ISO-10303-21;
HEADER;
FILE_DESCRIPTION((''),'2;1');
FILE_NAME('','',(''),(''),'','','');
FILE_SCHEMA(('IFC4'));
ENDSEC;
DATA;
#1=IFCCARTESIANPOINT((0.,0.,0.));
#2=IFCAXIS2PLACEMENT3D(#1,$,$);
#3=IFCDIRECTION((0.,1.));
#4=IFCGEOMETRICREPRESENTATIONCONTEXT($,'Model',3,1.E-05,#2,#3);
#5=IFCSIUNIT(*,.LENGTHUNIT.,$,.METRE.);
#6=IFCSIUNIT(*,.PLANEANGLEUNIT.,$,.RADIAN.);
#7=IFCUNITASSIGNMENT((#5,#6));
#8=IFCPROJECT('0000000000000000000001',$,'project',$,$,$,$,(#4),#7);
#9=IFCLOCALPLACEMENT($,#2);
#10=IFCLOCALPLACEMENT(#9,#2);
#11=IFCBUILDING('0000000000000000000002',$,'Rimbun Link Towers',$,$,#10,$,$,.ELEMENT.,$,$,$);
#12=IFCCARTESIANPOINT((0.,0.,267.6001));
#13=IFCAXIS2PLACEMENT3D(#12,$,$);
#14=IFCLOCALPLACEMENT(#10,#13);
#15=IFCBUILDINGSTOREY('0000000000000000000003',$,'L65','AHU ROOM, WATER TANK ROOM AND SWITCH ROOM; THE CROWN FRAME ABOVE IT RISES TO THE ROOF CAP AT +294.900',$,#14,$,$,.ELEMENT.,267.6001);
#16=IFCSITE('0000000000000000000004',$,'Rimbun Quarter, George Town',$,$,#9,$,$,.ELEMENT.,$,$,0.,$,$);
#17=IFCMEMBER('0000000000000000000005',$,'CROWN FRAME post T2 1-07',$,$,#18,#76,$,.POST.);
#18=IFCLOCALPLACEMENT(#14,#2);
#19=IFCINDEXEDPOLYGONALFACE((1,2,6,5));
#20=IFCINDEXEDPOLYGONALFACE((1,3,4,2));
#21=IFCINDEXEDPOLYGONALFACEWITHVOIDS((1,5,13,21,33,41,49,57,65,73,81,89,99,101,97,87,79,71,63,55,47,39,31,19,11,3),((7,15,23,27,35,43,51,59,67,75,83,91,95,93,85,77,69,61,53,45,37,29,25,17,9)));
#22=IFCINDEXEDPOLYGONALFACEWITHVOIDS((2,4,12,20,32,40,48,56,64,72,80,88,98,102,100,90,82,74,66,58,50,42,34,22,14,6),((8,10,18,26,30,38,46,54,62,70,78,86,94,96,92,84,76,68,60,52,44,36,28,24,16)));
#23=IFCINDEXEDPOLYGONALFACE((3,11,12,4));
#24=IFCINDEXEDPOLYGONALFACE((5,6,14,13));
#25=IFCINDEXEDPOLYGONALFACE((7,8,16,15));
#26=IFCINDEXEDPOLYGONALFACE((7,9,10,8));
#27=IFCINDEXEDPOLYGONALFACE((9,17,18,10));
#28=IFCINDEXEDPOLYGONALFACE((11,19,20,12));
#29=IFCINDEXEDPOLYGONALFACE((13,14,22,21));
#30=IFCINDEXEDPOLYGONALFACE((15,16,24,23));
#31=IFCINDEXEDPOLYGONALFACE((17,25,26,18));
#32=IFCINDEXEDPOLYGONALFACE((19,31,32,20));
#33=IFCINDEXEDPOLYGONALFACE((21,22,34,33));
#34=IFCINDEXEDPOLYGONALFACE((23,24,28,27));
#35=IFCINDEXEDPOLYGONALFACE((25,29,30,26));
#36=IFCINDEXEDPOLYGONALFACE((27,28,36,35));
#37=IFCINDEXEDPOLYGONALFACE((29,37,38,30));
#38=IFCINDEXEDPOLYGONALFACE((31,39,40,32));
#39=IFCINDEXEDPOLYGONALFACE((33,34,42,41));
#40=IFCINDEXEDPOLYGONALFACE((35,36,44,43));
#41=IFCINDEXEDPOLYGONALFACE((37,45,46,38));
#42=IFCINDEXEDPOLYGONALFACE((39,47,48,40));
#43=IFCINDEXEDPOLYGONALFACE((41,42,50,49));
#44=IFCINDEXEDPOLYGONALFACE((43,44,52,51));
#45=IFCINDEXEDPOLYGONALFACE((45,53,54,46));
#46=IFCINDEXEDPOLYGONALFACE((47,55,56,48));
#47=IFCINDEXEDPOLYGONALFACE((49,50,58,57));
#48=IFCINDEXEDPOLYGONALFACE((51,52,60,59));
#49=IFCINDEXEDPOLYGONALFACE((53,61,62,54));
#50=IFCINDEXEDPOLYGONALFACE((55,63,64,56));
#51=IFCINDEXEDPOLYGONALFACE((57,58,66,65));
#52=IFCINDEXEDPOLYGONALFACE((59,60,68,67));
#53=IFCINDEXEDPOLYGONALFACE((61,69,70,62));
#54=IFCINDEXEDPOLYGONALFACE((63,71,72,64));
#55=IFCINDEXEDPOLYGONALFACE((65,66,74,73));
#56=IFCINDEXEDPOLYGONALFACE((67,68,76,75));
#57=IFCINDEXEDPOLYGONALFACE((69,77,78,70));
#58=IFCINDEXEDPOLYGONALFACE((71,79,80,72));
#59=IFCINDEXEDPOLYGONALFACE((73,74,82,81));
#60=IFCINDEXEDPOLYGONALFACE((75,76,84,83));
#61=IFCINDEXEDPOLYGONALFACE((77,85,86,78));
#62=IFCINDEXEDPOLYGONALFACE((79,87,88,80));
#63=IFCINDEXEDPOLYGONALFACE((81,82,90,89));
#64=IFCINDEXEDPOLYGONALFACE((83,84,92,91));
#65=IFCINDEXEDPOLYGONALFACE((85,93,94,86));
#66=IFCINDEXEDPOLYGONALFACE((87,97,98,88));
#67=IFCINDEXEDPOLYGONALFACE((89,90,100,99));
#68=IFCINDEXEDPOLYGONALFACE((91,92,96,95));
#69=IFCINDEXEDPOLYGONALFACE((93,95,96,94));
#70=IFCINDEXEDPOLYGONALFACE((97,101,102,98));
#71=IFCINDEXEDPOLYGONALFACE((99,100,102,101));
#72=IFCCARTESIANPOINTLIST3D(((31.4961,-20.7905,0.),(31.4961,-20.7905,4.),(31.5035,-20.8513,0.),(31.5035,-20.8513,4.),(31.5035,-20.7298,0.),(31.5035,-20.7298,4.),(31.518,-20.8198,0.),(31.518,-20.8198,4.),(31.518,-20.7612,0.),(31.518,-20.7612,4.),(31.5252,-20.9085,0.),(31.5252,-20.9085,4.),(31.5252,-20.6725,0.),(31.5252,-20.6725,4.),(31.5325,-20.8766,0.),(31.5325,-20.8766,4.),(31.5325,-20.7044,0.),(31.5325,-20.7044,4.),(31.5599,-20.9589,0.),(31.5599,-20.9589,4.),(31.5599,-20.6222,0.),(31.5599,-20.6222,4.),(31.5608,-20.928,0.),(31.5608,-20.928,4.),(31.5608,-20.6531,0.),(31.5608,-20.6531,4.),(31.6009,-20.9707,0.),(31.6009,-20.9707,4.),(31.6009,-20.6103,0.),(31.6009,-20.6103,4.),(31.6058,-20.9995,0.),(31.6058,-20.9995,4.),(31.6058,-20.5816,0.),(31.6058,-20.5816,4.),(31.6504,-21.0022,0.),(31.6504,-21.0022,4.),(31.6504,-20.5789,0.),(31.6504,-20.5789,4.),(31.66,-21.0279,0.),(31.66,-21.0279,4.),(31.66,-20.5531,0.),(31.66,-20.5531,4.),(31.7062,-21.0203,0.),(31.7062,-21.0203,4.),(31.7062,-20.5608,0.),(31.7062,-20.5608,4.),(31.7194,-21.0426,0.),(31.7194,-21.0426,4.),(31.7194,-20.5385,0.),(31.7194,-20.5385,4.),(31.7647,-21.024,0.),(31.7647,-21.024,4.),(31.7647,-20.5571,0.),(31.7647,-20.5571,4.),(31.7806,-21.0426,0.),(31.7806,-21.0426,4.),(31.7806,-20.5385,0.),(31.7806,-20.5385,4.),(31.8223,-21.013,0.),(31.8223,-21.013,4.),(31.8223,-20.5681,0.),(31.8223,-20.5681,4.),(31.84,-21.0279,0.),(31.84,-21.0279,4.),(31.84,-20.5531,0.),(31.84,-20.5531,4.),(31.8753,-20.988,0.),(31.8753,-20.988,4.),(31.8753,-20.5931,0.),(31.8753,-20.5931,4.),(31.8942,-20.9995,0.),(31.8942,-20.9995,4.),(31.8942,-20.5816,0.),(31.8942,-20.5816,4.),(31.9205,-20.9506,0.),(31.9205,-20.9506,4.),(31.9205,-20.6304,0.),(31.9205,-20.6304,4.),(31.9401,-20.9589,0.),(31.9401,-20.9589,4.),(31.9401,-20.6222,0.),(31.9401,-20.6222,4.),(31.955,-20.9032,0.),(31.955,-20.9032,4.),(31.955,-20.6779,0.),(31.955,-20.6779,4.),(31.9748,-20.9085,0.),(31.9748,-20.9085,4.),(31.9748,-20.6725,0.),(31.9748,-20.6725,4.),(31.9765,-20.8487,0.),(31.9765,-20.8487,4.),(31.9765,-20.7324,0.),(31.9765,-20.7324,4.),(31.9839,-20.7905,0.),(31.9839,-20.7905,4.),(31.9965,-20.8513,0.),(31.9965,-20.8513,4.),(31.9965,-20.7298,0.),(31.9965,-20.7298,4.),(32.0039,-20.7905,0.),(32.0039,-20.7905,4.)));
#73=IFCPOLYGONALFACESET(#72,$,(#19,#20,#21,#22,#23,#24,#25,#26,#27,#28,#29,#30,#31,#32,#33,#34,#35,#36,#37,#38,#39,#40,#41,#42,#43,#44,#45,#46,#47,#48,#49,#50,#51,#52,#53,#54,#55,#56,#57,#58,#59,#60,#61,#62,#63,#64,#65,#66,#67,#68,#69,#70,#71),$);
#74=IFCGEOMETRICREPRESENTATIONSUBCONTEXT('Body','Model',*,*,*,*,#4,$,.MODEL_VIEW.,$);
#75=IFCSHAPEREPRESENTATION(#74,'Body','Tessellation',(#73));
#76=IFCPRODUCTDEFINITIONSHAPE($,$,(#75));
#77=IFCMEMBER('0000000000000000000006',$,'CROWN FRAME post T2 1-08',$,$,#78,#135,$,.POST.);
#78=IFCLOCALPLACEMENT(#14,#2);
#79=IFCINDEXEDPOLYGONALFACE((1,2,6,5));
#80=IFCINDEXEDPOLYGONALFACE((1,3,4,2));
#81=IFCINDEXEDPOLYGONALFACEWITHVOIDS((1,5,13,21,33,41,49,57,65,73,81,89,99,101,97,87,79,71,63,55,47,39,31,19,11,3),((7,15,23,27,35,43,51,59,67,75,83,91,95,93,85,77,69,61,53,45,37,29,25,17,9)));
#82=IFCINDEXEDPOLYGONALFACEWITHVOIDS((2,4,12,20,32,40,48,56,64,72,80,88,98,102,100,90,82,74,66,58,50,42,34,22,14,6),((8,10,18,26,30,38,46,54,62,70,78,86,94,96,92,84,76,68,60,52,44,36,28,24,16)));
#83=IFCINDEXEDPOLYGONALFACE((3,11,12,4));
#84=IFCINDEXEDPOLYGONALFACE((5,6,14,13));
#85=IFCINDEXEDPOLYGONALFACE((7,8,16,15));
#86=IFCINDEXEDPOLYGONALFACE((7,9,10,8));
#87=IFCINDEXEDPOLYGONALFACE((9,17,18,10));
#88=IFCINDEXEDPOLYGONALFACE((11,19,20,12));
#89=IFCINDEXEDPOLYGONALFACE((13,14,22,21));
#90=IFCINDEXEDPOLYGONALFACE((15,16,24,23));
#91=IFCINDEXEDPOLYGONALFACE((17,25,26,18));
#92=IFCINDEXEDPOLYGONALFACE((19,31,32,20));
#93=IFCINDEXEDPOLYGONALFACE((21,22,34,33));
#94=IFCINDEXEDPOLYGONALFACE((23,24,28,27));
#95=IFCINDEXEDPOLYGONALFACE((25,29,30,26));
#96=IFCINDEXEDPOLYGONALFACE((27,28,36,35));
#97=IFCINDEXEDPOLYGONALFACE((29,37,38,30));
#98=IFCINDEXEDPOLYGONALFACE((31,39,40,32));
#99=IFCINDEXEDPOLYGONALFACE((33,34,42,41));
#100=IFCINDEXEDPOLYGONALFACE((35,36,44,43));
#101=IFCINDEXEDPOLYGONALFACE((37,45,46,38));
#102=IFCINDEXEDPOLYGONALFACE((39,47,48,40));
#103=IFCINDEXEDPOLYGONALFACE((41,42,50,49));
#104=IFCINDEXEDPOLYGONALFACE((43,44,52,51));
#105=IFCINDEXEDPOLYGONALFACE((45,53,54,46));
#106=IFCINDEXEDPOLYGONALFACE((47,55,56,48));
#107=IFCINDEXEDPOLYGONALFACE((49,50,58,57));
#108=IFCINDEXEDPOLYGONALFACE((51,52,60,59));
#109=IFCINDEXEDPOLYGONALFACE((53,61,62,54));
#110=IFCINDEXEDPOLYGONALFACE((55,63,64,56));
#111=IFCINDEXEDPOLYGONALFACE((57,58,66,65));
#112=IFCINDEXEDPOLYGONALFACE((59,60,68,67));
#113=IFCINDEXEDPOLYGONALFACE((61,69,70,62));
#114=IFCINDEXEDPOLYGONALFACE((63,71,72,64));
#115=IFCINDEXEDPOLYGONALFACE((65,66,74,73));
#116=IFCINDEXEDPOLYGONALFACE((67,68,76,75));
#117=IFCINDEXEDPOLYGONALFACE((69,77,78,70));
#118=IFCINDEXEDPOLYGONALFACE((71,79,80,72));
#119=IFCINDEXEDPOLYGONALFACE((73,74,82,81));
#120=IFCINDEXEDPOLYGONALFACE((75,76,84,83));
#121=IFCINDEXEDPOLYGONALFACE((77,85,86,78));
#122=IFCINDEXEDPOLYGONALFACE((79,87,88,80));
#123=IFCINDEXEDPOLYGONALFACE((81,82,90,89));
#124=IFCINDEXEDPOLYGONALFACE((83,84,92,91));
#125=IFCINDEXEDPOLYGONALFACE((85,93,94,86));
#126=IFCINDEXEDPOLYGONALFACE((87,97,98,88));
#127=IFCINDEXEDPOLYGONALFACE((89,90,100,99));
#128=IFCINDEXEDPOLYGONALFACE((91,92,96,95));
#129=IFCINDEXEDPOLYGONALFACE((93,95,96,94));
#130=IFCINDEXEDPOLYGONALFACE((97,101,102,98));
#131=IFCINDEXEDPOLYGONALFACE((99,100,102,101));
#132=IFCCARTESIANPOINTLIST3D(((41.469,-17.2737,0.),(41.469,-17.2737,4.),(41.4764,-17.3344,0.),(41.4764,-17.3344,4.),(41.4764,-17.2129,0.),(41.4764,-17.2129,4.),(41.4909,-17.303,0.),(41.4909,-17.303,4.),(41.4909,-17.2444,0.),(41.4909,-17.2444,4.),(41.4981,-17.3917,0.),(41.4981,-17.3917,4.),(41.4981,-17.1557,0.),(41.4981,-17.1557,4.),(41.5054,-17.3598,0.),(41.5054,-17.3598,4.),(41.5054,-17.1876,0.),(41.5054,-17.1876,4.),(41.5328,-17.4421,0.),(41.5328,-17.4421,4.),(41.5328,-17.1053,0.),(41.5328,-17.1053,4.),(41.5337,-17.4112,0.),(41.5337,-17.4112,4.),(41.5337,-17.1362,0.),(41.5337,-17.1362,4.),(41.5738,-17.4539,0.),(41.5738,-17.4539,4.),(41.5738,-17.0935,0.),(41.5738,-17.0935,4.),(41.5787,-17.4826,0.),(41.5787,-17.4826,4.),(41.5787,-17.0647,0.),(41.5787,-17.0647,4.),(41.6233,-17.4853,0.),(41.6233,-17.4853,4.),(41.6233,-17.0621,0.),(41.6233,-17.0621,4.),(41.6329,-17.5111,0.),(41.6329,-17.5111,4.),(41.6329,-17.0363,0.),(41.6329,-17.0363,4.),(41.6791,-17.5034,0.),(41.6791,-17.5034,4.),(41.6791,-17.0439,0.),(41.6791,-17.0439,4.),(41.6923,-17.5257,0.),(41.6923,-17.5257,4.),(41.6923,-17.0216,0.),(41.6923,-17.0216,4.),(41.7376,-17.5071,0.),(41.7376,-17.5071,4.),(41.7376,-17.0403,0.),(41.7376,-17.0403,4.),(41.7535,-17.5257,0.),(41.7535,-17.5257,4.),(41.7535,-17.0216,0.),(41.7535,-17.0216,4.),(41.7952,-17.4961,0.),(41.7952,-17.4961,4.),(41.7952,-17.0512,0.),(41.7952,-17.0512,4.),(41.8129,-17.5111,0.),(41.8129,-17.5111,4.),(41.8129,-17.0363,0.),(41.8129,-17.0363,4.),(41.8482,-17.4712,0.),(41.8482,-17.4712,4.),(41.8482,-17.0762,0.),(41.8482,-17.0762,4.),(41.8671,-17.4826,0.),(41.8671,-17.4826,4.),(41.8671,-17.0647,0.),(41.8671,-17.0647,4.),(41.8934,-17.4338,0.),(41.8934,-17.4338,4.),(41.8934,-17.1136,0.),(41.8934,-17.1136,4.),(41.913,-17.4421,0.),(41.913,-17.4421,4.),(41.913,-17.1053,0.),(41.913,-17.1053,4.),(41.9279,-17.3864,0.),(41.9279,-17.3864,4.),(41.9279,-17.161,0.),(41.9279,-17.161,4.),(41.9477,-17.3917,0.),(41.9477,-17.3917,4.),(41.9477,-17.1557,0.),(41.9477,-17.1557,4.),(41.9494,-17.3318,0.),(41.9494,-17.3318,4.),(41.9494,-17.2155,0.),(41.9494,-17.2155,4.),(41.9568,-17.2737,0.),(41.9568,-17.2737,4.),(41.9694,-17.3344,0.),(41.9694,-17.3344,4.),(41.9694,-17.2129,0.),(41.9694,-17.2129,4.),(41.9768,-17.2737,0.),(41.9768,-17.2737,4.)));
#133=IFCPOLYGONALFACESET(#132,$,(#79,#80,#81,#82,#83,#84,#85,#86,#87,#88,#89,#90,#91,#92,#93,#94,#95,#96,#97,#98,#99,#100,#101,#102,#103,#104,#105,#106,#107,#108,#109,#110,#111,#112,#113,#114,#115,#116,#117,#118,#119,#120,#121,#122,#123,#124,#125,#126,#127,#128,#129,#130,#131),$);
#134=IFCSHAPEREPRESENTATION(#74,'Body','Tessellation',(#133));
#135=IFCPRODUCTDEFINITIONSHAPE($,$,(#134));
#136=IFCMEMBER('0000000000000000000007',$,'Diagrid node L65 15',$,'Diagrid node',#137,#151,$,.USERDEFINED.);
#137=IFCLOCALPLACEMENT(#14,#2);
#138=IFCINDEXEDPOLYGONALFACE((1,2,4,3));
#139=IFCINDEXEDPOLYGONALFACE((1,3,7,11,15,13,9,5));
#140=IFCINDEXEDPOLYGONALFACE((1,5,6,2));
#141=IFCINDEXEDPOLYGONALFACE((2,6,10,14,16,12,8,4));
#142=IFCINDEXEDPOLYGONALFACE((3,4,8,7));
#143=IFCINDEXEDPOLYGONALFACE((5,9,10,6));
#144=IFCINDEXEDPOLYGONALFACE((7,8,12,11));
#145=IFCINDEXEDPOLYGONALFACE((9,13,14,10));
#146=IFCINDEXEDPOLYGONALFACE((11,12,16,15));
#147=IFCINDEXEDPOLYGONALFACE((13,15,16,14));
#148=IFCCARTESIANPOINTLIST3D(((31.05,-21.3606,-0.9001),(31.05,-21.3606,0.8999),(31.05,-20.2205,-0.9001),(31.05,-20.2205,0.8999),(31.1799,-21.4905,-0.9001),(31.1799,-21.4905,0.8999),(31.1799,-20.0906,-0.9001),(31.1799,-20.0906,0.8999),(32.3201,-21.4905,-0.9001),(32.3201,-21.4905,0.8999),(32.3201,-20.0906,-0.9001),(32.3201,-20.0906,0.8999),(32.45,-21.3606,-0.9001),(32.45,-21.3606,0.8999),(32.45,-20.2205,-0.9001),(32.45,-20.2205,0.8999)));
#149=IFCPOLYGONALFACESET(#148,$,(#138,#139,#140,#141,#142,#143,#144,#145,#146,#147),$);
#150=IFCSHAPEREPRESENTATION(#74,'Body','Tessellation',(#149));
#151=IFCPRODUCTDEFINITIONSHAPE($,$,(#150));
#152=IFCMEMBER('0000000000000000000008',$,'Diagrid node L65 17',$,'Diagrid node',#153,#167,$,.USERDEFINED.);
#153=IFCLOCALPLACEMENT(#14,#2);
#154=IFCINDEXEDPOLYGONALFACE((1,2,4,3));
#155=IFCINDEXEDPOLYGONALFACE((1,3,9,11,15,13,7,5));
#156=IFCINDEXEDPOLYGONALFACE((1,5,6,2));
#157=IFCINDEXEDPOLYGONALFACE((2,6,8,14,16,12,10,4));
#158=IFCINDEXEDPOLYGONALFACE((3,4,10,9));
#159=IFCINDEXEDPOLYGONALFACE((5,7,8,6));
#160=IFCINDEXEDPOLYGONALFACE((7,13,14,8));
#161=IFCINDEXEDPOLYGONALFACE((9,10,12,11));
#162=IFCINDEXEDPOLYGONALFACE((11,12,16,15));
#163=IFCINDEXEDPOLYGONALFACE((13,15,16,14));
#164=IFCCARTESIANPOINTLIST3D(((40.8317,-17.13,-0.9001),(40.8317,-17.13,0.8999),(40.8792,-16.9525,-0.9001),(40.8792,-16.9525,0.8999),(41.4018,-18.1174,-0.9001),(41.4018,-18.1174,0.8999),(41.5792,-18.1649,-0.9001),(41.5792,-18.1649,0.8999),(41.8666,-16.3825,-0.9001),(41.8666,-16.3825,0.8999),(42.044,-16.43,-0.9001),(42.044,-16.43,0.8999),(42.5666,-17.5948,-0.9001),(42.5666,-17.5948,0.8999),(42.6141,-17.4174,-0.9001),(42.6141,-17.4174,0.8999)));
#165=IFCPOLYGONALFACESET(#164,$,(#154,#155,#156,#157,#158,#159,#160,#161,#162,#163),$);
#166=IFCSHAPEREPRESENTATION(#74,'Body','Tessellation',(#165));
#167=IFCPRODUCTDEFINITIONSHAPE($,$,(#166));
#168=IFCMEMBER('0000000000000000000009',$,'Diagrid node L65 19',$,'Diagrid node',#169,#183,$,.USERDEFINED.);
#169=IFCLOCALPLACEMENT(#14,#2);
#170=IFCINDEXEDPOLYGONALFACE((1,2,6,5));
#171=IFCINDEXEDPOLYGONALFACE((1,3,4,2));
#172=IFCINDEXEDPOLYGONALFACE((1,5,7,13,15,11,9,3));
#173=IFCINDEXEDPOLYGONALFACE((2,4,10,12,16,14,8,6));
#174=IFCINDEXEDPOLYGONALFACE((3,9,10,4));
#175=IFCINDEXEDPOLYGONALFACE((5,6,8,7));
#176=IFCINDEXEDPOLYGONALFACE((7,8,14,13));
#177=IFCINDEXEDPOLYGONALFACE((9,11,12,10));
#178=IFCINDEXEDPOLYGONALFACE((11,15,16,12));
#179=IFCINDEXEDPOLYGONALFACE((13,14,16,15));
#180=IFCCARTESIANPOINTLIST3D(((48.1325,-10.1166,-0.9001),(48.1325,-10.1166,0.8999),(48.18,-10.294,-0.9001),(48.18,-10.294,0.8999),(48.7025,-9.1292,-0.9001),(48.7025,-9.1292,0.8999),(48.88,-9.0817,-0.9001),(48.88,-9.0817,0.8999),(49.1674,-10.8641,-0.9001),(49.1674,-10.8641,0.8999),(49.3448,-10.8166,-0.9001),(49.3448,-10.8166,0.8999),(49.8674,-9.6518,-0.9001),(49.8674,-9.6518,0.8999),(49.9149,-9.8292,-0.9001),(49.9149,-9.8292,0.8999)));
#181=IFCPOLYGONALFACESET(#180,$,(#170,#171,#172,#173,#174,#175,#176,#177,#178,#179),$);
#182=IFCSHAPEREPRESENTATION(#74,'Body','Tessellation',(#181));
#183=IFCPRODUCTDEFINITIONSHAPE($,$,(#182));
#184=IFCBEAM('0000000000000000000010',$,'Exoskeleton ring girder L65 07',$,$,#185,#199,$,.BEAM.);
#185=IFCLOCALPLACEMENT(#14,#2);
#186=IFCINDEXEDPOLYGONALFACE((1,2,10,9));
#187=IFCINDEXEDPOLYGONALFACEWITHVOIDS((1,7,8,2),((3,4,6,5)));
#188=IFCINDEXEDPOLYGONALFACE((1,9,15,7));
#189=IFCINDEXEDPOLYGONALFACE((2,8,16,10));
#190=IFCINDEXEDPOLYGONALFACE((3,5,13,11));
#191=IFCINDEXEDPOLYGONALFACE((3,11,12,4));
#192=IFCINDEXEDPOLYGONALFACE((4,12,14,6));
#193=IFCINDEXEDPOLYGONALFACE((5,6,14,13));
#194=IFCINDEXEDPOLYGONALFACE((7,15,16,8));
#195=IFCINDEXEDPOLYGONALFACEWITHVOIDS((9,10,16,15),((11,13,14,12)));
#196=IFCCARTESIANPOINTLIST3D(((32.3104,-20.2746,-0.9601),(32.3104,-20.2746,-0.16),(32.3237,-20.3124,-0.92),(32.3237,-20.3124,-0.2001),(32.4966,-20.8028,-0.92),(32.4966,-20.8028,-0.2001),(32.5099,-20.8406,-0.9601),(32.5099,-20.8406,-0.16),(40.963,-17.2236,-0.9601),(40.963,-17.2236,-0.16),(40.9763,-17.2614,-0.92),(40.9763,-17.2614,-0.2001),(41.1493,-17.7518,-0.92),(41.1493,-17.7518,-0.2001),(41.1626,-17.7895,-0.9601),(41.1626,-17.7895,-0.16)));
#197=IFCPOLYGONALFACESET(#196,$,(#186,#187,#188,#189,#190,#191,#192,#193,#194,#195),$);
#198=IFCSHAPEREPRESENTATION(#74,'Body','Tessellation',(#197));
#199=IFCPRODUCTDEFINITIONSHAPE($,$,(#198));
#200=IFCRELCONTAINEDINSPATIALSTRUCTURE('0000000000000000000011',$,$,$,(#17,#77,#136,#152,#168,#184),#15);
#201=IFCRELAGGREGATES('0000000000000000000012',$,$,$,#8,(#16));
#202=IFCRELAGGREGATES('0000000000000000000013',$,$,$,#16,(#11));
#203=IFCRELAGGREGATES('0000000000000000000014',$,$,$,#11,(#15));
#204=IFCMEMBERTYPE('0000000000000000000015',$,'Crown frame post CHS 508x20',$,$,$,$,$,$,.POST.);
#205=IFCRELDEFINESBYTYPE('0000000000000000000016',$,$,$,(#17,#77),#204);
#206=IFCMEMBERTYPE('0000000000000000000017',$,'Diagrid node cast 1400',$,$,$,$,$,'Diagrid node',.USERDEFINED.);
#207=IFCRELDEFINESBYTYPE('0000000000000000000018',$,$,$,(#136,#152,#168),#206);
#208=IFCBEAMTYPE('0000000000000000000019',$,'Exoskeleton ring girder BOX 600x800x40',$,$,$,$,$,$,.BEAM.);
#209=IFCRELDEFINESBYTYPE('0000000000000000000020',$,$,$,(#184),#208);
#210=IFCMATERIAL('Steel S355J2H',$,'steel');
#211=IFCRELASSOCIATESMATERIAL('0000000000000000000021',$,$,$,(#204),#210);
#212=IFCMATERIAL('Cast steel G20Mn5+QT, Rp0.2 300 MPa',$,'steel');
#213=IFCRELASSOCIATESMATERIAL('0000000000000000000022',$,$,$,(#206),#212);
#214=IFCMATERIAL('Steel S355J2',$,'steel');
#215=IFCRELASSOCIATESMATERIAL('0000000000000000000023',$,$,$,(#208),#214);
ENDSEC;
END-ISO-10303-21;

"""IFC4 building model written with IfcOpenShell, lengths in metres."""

from ifc_helpers import new_model, si_unit, direction, frame, origin, origin_2d, place, context, subcontext, project, spatial, polyline, hollow_rectangle, hollow_circle, outline, extrude, material, material_profile, profile_set, type_object, element, save


model = new_model("IFC4")

# Units and contexts
model_context = context("Model", 3, precision=1e-05, world=origin(), true_north=direction((0.0, 1.0)))
body_context = subcontext(model_context, "Body", "Model", "MODEL_VIEW")
ifc_project = project(units=[si_unit("LENGTHUNIT", "METRE"), si_unit("PLANEANGLEUNIT", "RADIAN")], contexts=[model_context])

# Site, building, storey
site_placement = place(None, origin())
site = spatial("IfcSite", under=ifc_project, at=site_placement, Name="Rimbun Quarter, George Town", CompositionType="ELEMENT", RefElevation=0.0)
building_placement = place(site_placement, origin())
building = spatial("IfcBuilding", under=site, at=building_placement, Name="Rimbun Link Towers", CompositionType="ELEMENT")
storey_placement = place(building_placement, frame((0.0, 0.0, 267.6001)))
storey = spatial("IfcBuildingStorey", under=building, at=storey_placement, Name="L65", Description="AHU ROOM, WATER TANK ROOM AND SWITCH ROOM; THE CROWN FRAME ABOVE IT RISES TO THE ROOF CAP AT +294.900", CompositionType="ELEMENT", Elevation=267.6001)

# Members
ifc_material_1 = material(Name="Steel S355J2H", Category="steel")
ifc_material_profile_1 = material_profile(ifc_material_1, hollow_circle(Radius=0.2539, WallThickness=0.02, at=origin_2d()), Name="Crown frame post CHS 508x20")
ifc_profile_set_1 = profile_set([ifc_material_profile_1], Name="Steel S355J2H")
member_type_1 = type_object("IfcMemberType", Name="Crown frame post CHS 508x20", PredefinedType="POST", material=ifc_profile_set_1)
for number, where, z_axis, x_axis, name in (
    (1, (31.75, -20.7905, 0.0), (0.0, 0.0, 1.0), (1.0, 0.0, 0.0), "CROWN FRAME post T2 1-07"),
    (2, (41.7229, -17.2737, 0.0), (0.0, 0.0, 1.0), (1.0, 0.0, 0.0), "CROWN FRAME post T2 1-08"),
):
    element("IfcMember", number, at=place(storey_placement, frame(where, z_axis=z_axis, x_axis=x_axis)), inside=storey, type_object=member_type_1, Name=name, PredefinedType="POST", context=body_context, shape_type="SweptSolid", body=[
        extrude(hollow_circle(Radius=0.2539, WallThickness=0.02, at=origin_2d()), origin(), (0.0, 0.0, 1.0), 4.0),
    ])
ifc_material_2 = material(Name="Cast steel G20Mn5+QT, Rp0.2 300 MPa", Category="steel")
ifc_material_profile_2 = material_profile(ifc_material_2, outline(polyline([(0.7, -0.5701), (0.7, 0.5701), (0.5701, 0.7), (-0.5701, 0.7), (-0.7, 0.5701), (-0.7, -0.5701), (-0.5701, -0.7), (0.5701, -0.7), (0.7, -0.5701)])), Name="NODE 1400x1400")
ifc_profile_set_2 = profile_set([ifc_material_profile_2], Name="Cast steel G20Mn5+QT, Rp0.2 300 MPa")
member_type_2 = type_object("IfcMemberType", Name="Diagrid node cast 1400", ElementType="Diagrid node", PredefinedType="USERDEFINED", material=ifc_profile_set_2)
for number, where, z_axis, x_axis, name in (
    (3, (31.75, -20.7905, -0.9001), (0.0, 0.0, 1.0), (0.0, -1.0, 0.0), "Diagrid node L65 15"),
    (4, (41.7229, -17.2737, -0.9001), (0.0, 0.0, 1.0), (0.5, -0.866025, 0.0), "Diagrid node L65 17"),
    (5, (49.0237, -9.9729, -0.9001), (0.0, 0.0, 1.0), (0.866025, -0.5, 0.0), "Diagrid node L65 19"),
):
    element("IfcMember", number, at=place(storey_placement, frame(where, z_axis=z_axis, x_axis=x_axis)), inside=storey, type_object=member_type_2, Name=name, ObjectType="Diagrid node", PredefinedType="USERDEFINED", context=body_context, shape_type="SweptSolid", body=[
        extrude(outline(polyline([(0.7, -0.5701), (0.7, 0.5701), (0.5701, 0.7), (-0.5701, 0.7), (-0.7, 0.5701), (-0.7, -0.5701), (-0.5701, -0.7), (0.5701, -0.7), (0.7, -0.5701)])), origin(), (0.0, 0.0, 1.0), 1.8),
    ])

# Beam
ifc_material_3 = material(Name="Steel S355J2", Category="steel")
ifc_material_profile_3 = material_profile(ifc_material_3, hollow_rectangle(XDim=0.6001, YDim=0.8, WallThickness=0.04, at=origin_2d()), Name="Exoskeleton ring girder BOX 600x800x40")
ifc_profile_set_3 = profile_set([ifc_material_profile_3], Name="Steel S355J2")
beam_type_1 = type_object("IfcBeamType", Name="Exoskeleton ring girder BOX 600x800x40", PredefinedType="BEAM", material=ifc_profile_set_3)
beam_1_placement = place(storey_placement, frame((32.4102, -20.5576, -0.5601), z_axis=(0.943087, 0.332546, 0.0), x_axis=(-0.332546, 0.943087, 0.0)))
element("IfcBeam", 6, at=beam_1_placement, inside=storey, type_object=beam_type_1, Name="Exoskeleton ring girder L65 07", PredefinedType="BEAM", context=body_context, shape_type="SweptSolid", body=[
    extrude(hollow_rectangle(XDim=0.6001, YDim=0.8, WallThickness=0.04, at=origin_2d()), origin(), (0.0, 0.0, 1.0), 9.1748),
])

save(model, "model.ifc")
